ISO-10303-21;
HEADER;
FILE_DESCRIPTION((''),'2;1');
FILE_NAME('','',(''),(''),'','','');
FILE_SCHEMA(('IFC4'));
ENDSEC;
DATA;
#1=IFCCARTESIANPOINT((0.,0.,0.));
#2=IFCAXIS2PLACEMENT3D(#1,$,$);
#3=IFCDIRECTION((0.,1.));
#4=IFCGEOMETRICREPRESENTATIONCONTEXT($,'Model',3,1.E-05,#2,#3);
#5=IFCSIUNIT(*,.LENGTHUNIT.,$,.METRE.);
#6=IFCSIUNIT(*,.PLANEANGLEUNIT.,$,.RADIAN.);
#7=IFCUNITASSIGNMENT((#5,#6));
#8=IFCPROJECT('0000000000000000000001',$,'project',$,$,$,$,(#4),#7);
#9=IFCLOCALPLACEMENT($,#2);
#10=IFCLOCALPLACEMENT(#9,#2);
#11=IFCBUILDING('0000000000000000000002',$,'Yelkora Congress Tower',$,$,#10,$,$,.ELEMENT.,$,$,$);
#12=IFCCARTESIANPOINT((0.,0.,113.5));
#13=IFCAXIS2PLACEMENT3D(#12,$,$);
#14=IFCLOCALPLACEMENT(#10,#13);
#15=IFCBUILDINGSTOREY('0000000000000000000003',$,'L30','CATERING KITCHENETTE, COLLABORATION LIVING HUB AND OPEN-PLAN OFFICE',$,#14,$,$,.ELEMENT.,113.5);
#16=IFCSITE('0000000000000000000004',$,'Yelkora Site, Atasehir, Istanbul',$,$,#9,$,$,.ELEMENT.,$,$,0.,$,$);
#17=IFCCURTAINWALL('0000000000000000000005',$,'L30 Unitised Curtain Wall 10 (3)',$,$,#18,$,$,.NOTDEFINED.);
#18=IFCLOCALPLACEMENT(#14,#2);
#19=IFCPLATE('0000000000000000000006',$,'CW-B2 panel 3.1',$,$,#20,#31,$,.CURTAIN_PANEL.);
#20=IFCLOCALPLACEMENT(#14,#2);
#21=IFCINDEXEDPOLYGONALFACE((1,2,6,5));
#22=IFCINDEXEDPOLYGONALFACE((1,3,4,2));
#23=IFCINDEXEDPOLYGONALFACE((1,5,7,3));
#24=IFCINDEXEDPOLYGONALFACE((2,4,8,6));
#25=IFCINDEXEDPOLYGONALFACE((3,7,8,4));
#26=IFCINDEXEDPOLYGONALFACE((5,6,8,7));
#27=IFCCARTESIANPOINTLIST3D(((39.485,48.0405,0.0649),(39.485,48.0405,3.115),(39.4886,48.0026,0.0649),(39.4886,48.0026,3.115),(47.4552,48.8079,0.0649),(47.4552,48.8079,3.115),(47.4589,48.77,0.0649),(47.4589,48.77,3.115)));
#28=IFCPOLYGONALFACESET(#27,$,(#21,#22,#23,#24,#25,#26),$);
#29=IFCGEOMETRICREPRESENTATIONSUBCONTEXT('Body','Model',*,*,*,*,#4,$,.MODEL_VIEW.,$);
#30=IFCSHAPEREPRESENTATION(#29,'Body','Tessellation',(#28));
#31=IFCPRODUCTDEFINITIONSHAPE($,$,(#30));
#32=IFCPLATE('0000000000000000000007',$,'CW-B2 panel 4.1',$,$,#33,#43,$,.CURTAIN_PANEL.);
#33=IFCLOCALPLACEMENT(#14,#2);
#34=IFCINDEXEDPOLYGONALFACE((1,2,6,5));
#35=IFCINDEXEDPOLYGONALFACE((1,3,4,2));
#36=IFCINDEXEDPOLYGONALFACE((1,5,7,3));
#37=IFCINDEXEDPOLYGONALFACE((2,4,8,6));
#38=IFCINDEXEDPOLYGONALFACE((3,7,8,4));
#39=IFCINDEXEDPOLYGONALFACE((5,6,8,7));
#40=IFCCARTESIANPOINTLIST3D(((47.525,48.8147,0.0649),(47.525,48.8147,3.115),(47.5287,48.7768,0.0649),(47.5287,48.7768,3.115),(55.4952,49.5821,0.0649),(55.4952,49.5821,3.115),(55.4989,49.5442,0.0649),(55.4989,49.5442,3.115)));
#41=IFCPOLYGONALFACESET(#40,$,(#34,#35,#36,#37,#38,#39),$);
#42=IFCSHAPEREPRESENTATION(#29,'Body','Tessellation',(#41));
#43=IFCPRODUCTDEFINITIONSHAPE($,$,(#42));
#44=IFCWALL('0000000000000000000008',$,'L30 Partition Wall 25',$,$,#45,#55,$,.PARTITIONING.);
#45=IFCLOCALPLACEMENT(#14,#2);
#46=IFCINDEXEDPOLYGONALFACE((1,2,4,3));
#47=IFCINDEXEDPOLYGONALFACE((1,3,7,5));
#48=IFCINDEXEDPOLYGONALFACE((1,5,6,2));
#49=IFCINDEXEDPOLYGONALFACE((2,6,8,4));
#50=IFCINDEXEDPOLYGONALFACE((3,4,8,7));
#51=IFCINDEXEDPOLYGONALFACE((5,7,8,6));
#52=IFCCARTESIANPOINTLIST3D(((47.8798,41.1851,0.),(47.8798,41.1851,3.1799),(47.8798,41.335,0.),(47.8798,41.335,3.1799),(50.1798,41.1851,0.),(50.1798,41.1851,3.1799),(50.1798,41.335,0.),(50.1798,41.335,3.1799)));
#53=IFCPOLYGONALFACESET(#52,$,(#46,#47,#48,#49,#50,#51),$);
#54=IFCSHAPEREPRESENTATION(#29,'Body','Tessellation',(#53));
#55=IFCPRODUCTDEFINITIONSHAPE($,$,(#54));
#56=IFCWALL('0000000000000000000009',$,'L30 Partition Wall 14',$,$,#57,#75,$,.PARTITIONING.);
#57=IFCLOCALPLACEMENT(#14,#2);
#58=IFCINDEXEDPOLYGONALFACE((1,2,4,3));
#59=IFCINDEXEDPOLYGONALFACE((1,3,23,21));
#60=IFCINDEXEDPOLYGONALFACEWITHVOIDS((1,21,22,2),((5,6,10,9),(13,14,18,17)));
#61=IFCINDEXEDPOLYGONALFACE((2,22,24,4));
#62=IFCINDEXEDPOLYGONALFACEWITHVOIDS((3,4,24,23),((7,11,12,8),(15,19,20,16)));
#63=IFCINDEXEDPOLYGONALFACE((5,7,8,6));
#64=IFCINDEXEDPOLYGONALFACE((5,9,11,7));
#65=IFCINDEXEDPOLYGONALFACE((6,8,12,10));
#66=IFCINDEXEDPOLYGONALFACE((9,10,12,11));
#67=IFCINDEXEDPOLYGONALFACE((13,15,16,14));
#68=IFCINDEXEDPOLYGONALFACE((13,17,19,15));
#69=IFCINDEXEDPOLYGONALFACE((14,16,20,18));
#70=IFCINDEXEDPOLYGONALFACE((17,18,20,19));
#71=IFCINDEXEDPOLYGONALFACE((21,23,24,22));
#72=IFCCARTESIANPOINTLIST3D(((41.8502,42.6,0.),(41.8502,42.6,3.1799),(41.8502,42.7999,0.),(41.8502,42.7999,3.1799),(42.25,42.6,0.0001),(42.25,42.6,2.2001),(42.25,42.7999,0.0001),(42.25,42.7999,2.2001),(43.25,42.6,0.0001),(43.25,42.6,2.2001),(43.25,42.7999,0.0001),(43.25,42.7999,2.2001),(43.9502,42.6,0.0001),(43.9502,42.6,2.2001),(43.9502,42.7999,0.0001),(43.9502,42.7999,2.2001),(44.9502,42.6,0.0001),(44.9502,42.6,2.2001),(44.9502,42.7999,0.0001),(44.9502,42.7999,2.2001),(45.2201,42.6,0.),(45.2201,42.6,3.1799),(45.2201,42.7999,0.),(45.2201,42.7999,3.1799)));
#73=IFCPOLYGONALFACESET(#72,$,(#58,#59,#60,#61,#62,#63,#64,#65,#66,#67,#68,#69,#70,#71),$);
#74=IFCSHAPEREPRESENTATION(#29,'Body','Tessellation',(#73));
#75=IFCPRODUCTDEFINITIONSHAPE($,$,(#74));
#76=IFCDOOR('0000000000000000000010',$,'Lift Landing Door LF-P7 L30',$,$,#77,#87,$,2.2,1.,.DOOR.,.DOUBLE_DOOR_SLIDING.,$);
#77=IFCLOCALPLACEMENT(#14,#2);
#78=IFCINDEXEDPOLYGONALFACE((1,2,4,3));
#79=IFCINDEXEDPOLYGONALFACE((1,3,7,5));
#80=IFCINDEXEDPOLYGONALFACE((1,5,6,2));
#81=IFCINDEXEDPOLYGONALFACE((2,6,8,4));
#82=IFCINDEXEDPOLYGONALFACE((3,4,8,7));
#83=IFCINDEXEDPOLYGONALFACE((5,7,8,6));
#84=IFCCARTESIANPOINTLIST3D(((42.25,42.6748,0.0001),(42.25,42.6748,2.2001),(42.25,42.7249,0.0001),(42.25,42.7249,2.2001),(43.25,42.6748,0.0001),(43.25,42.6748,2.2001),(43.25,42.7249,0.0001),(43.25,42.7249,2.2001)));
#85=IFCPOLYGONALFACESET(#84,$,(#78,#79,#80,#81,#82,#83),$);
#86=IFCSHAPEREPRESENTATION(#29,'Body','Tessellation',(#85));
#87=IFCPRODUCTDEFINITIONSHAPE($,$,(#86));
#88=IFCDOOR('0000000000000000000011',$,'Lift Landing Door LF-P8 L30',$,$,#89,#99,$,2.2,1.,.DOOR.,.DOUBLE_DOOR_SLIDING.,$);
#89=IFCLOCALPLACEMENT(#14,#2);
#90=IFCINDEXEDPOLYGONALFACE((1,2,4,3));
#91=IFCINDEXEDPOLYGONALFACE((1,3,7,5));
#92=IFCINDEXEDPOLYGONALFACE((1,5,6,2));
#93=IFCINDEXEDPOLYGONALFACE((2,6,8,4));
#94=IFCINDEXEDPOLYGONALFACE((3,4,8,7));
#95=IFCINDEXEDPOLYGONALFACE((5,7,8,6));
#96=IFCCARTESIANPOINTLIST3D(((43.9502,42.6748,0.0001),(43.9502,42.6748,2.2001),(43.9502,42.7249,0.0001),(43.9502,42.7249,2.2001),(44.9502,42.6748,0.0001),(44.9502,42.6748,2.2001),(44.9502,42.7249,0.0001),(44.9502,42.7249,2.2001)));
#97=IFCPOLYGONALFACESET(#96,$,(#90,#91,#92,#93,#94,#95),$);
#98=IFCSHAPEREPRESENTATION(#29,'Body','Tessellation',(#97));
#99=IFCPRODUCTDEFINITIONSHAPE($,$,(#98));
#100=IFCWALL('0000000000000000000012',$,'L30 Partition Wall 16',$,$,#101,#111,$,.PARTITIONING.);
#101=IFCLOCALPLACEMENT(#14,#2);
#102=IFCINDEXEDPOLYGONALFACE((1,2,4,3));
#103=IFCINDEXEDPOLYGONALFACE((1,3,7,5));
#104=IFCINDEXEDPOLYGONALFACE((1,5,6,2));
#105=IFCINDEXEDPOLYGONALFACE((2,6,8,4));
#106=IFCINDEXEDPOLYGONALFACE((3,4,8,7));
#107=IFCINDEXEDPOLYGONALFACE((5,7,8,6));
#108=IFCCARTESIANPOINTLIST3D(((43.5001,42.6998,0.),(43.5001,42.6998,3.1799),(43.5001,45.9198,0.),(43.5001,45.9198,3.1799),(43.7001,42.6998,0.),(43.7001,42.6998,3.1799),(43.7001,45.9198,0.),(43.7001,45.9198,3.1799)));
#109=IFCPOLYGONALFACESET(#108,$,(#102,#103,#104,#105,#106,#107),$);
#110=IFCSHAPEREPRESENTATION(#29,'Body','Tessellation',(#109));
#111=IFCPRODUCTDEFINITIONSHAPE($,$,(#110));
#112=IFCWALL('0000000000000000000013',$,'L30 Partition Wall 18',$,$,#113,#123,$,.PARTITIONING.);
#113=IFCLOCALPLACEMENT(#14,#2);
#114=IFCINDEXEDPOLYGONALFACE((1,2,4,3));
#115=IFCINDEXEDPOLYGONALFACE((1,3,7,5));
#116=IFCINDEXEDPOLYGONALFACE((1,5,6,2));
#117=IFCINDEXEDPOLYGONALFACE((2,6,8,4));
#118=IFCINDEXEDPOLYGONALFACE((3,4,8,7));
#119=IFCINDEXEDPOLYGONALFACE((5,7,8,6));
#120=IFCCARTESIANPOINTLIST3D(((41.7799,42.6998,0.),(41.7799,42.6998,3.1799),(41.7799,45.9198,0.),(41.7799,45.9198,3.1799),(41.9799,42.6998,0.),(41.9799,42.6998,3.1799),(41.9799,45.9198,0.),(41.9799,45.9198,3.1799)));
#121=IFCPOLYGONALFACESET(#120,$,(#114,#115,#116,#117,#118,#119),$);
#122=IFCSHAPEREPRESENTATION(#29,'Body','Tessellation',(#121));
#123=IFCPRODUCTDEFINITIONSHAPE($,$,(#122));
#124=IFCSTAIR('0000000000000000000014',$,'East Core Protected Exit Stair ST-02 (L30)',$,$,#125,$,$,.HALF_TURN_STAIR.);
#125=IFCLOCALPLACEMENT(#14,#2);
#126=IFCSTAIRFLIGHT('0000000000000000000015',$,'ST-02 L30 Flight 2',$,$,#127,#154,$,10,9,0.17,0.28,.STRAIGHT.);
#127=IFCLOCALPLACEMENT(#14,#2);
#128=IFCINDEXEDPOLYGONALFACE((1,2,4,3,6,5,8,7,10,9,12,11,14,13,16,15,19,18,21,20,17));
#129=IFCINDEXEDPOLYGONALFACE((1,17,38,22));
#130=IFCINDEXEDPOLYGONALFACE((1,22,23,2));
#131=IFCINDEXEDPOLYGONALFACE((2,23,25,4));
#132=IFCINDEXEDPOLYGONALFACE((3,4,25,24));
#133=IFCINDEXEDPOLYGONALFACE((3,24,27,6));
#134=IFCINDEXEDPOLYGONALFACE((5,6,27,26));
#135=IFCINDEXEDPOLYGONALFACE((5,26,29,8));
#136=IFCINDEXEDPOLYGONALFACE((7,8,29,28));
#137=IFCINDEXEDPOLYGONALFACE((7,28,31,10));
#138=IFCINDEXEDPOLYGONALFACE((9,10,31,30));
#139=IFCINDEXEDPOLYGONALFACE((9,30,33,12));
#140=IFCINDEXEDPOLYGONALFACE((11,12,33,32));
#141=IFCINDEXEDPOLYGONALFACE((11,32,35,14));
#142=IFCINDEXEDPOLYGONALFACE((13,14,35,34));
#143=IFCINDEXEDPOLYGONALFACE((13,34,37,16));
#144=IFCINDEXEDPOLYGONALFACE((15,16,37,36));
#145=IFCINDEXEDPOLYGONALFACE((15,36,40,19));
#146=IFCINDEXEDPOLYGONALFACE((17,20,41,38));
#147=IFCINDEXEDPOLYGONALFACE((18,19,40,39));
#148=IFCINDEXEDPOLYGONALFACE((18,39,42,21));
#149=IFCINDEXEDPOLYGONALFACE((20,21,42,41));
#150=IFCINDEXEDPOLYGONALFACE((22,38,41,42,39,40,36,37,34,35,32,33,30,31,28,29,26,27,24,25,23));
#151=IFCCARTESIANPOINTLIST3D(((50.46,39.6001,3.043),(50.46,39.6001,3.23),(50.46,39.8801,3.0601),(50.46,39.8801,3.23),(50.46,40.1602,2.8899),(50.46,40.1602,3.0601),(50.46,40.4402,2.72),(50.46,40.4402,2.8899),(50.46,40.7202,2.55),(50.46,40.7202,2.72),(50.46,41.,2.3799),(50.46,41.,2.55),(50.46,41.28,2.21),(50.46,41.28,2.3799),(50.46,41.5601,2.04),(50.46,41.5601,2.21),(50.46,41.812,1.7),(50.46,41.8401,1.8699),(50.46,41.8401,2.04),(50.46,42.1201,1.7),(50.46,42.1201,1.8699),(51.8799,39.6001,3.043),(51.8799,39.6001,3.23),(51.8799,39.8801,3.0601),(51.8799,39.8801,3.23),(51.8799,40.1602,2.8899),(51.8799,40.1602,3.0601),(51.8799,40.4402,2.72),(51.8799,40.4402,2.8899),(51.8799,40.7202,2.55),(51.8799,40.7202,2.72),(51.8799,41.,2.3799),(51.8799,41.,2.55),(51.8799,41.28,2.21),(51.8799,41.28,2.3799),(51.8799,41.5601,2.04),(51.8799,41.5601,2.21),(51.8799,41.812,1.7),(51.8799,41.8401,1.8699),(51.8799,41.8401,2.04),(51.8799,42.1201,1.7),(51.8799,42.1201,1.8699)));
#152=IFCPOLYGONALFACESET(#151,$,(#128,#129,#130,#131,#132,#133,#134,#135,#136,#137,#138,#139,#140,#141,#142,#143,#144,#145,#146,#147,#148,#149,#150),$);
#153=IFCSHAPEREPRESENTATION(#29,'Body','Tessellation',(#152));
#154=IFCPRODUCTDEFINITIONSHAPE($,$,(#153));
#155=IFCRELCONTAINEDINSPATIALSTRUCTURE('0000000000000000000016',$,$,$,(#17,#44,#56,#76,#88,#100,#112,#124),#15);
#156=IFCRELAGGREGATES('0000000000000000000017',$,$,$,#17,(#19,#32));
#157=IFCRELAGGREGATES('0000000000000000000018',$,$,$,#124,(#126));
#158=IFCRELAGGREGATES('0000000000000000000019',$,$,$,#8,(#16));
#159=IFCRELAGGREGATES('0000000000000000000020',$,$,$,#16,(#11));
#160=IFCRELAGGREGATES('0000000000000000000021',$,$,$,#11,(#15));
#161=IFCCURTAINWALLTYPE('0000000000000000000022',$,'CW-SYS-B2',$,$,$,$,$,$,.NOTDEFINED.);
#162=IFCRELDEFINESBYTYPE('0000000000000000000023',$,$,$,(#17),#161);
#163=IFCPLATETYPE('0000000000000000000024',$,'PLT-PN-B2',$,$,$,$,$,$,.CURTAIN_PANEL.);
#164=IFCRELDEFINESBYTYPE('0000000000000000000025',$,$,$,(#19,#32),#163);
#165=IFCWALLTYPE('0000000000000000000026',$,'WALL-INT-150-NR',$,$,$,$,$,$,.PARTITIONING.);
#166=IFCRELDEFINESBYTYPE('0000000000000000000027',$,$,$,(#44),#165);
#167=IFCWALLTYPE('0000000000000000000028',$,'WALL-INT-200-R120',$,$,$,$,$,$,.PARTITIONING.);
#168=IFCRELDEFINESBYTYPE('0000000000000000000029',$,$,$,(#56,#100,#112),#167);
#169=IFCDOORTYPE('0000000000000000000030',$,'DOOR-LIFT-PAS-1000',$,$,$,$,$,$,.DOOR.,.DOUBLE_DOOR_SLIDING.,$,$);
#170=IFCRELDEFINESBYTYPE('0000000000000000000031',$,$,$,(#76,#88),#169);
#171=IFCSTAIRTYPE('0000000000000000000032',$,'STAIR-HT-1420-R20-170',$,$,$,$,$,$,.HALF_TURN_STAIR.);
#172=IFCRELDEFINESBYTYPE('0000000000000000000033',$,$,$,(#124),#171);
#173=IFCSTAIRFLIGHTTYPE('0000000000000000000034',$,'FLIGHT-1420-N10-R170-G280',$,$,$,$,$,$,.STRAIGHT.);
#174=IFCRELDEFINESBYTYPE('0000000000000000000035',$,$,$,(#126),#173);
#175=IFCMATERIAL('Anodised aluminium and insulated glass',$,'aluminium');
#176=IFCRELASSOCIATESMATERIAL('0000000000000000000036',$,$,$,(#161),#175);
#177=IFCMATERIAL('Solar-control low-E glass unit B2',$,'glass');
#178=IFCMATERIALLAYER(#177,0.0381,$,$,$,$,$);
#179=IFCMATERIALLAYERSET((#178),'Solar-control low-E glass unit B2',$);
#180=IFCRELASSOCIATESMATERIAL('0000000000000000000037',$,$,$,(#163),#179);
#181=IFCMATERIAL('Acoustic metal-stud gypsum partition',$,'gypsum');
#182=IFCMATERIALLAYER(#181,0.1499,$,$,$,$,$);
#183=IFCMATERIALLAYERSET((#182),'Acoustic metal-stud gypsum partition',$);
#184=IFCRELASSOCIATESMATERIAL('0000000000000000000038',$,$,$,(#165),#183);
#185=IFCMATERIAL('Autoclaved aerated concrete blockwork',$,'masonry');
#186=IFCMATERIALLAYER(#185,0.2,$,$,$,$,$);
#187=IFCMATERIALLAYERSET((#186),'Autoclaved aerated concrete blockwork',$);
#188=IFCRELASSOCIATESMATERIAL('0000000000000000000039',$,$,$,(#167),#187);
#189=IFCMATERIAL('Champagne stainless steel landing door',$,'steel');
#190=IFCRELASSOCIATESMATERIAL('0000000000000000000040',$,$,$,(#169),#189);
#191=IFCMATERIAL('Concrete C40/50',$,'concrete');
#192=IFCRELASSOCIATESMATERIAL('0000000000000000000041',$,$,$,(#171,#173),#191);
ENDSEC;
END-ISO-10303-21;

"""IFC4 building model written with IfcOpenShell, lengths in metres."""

from ifc_helpers import new_model, si_unit, direction, frame, frame_2d, origin, origin_2d, place, context, subcontext, project, spatial, polyline, rectangle, outline, extrude, material, layer, layer_set, type_object, element, fill, aggregate, save


model = new_model("IFC4")

# Units and contexts
model_context = context("Model", 3, precision=1e-05, world=origin(), true_north=direction((0.0, 1.0)))
body_context = subcontext(model_context, "Body", "Model", "MODEL_VIEW")
ifc_project = project(units=[si_unit("LENGTHUNIT", "METRE"), si_unit("PLANEANGLEUNIT", "RADIAN")], contexts=[model_context])

# Site, building, storey
site_placement = place(None, origin())
site = spatial("IfcSite", under=ifc_project, at=site_placement, Name="Yelkora Site, Atasehir, Istanbul", CompositionType="ELEMENT", RefElevation=0.0)
building_placement = place(site_placement, origin())
building = spatial("IfcBuilding", under=site, at=building_placement, Name="Yelkora Congress Tower", CompositionType="ELEMENT")
storey_placement = place(building_placement, frame((0.0, 0.0, 113.5)))
storey = spatial("IfcBuildingStorey", under=building, at=storey_placement, Name="L30", Description="CATERING KITCHENETTE, COLLABORATION LIVING HUB AND OPEN-PLAN OFFICE", CompositionType="ELEMENT", Elevation=113.5)

# Curtain wall, plates
ifc_material_1 = material(Name="Anodised aluminium and insulated glass", Category="aluminium")
curtain_wall_type = type_object("IfcCurtainWallType", Name="CW-SYS-B2", PredefinedType="NOTDEFINED", material=ifc_material_1)
curtain_wall_placement = place(storey_placement, origin())
curtain_wall = element("IfcCurtainWall", 1, at=curtain_wall_placement, inside=storey, type_object=curtain_wall_type, Name="L30 Unitised Curtain Wall 10 (3)", PredefinedType="NOTDEFINED")
ifc_material_2 = material(Name="Solar-control low-E glass unit B2", Category="glass")
ifc_layer_1 = layer(ifc_material_2, 0.0381)
ifc_layer_set_1 = layer_set([ifc_layer_1], Name="Solar-control low-E glass unit B2")
plate_type = type_object("IfcPlateType", Name="PLT-PN-B2", PredefinedType="CURTAIN_PANEL", material=ifc_layer_set_1)
plate_1_placement = place(storey_placement, frame((43.4719, 48.4053, 0.0649), z_axis=(0.0, 0.0, 1.0), x_axis=(0.995396, 0.095844, 0.0)))
plate_1 = element("IfcPlate", 2, at=plate_1_placement, type_object=plate_type, Name="CW-B2 panel 3.1", PredefinedType="CURTAIN_PANEL", context=body_context, shape_type="SweptSolid", body=[
    extrude(rectangle(XDim=8.0071, YDim=0.0381, at=origin_2d()), origin(), (0.0, 0.0, 1.0), 3.05),
])
plate_2_placement = place(storey_placement, frame((51.512, 49.1794, 0.0649), z_axis=(0.0, 0.0, 1.0), x_axis=(0.995396, 0.095844, 0.0)))
plate_2 = element("IfcPlate", 3, at=plate_2_placement, type_object=plate_type, Name="CW-B2 panel 4.1", PredefinedType="CURTAIN_PANEL", context=body_context, shape_type="SweptSolid", body=[
    extrude(rectangle(XDim=8.0071, YDim=0.0381, at=origin_2d()), origin(), (0.0, 0.0, 1.0), 3.05),
])
aggregate(curtain_wall, [plate_1, plate_2])

# Shared definitions
ifc_material_3 = material(Name="Acoustic metal-stud gypsum partition", Category="gypsum")
ifc_layer_2 = layer(ifc_material_3, 0.1499)
ifc_layer_set_2 = layer_set([ifc_layer_2], Name="Acoustic metal-stud gypsum partition")
wall_type_1 = type_object("IfcWallType", Name="WALL-INT-150-NR", PredefinedType="PARTITIONING", material=ifc_layer_set_2)

# Wall
wall_1_placement = place(storey_placement, frame((47.8799, 41.26, 0.0), z_axis=(0.0, 0.0, 1.0), x_axis=(1.0, 0.0, 0.0)))
element("IfcWall", 4, at=wall_1_placement, inside=storey, type_object=wall_type_1, Name="L30 Partition Wall 25", PredefinedType="PARTITIONING", context=body_context, shape_type="SweptSolid", body=[
    extrude(rectangle(XDim=2.3, YDim=0.1499, at=frame_2d((1.1499, 0.0))), origin(), (0.0, 0.0, 1.0), 3.1799),
])

# Wall, openings, doors
ifc_material_4 = material(Name="Autoclaved aerated concrete blockwork", Category="masonry")
ifc_layer_3 = layer(ifc_material_4, 0.2)
ifc_layer_set_3 = layer_set([ifc_layer_3], Name="Autoclaved aerated concrete blockwork")
wall_type_2 = type_object("IfcWallType", Name="WALL-INT-200-R120", PredefinedType="PARTITIONING", material=ifc_layer_set_3)
wall_2_placement = place(storey_placement, frame((41.8501, 42.7, 0.0), z_axis=(0.0, 0.0, 1.0), x_axis=(1.0, 0.0, 0.0)))
wall_2 = element("IfcWall", 5, at=wall_2_placement, inside=storey, type_object=wall_type_2, Name="L30 Partition Wall 14", PredefinedType="PARTITIONING", context=body_context, shape_type="SweptSolid", body=[
    extrude(rectangle(XDim=3.3699, YDim=0.2, at=frame_2d((1.6851, 0.0))), origin(), (0.0, 0.0, 1.0), 3.1799),
])
opening_1_placement = place(wall_2_placement, frame((0.3999, 0.0, 0.0)))
opening_1 = element("IfcOpeningElement", 6, at=opening_1_placement, cuts=wall_2, PredefinedType="OPENING", context=body_context, shape_type="SweptSolid", body=[
    extrude(rectangle(XDim=1.0, YDim=2.2, at=frame_2d((0.5, 1.1001))), frame((0.0, 0.1099, 0.0), z_axis=(0.0, -1.0, 0.0), x_axis=(1.0, 0.0, 0.0)), (0.0, 0.0, 1.0), 0.22),
])
opening_2_placement = place(wall_2_placement, frame((2.1001, 0.0, 0.0)))
opening_2 = element("IfcOpeningElement", 7, at=opening_2_placement, cuts=wall_2, PredefinedType="OPENING", context=body_context, shape_type="SweptSolid", body=[
    extrude(rectangle(XDim=1.0, YDim=2.2, at=frame_2d((0.5, 1.1001))), frame((0.0, 0.1099, 0.0), z_axis=(0.0, -1.0, 0.0), x_axis=(1.0, 0.0, 0.0)), (0.0, 0.0, 1.0), 0.22),
])
ifc_material_5 = material(Name="Champagne stainless steel landing door", Category="steel")
door_type_1 = type_object("IfcDoorType", Name="DOOR-LIFT-PAS-1000", OperationType="DOUBLE_DOOR_SLIDING", PredefinedType="DOOR", material=ifc_material_5)
door_1_placement = place(opening_1_placement, origin())
door_1 = element("IfcDoor", 8, at=door_1_placement, inside=storey, type_object=door_type_1, Name="Lift Landing Door LF-P7 L30", OperationType="DOUBLE_DOOR_SLIDING", OverallHeight=2.2, OverallWidth=1.0, PredefinedType="DOOR", context=body_context, shape_type="SweptSolid", body=[
    extrude(rectangle(XDim=1.0, YDim=2.2, at=frame_2d((0.5, 1.1001))), frame((0.0, 0.0249, 0.0), z_axis=(0.0, -1.0, 0.0), x_axis=(1.0, 0.0, 0.0)), (0.0, 0.0, 1.0), 0.05),
])
fill(opening_1, door_1)
door_2_placement = place(opening_2_placement, origin())
door_2 = element("IfcDoor", 9, at=door_2_placement, inside=storey, type_object=door_type_1, Name="Lift Landing Door LF-P8 L30", OperationType="DOUBLE_DOOR_SLIDING", OverallHeight=2.2, OverallWidth=1.0, PredefinedType="DOOR", context=body_context, shape_type="SweptSolid", body=[
    extrude(rectangle(XDim=1.0, YDim=2.2, at=frame_2d((0.5, 1.1001))), frame((0.0, 0.0249, 0.0), z_axis=(0.0, -1.0, 0.0), x_axis=(1.0, 0.0, 0.0)), (0.0, 0.0, 1.0), 0.05),
])
fill(opening_2, door_2)

# Walls
for number, where, z_axis, x_axis, name in (
    (10, (43.6001, 42.7, 0.0), (0.0, 0.0, 1.0), (0.0, 1.0, 0.0), "L30 Partition Wall 16"),
    (11, (41.8799, 42.7, 0.0), (0.0, 0.0, 1.0), (0.0, 1.0, 0.0), "L30 Partition Wall 18"),
):
    element("IfcWall", number, at=place(storey_placement, frame(where, z_axis=z_axis, x_axis=x_axis)), inside=storey, type_object=wall_type_2, Name=name, PredefinedType="PARTITIONING", context=body_context, shape_type="SweptSolid", body=[
        extrude(rectangle(XDim=3.22, YDim=0.2, at=frame_2d((1.6099, 0.0))), origin(), (0.0, 0.0, 1.0), 3.1799),
    ])

# Stair, stair flight
ifc_material_6 = material(Name="Concrete C40/50", Category="concrete")
stair_type = type_object("IfcStairType", Name="STAIR-HT-1420-R20-170", PredefinedType="HALF_TURN_STAIR", material=ifc_material_6)
stair_placement = place(storey_placement, origin())
stair = element("IfcStair", 12, at=stair_placement, inside=storey, type_object=stair_type, Name="East Core Protected Exit Stair ST-02 (L30)", PredefinedType="HALF_TURN_STAIR")
stair_flight_type = type_object("IfcStairFlightType", Name="FLIGHT-1420-N10-R170-G280", PredefinedType="STRAIGHT", material=ifc_material_6)
stair_flight_placement = place(storey_placement, frame((51.1699, 42.1201, 1.7), z_axis=(0.0, 0.0, 1.0), x_axis=(0.0, -1.0, 0.0)))
stair_flight = element("IfcStairFlight", 13, at=stair_flight_placement, type_object=stair_flight_type, Name="ST-02 L30 Flight 2", NumberOfRisers=10, NumberOfTreads=9, PredefinedType="STRAIGHT", RiserHeight=0.17, TreadLength=0.28, context=body_context, shape_type="SweptSolid", body=[
    extrude(outline(polyline([(0.0, 0.0), (0.0, 0.1699), (0.28, 0.1699), (0.28, 0.3401), (0.5601, 0.3401), (0.5601, 0.51), (0.8401, 0.51), (0.8401, 0.6799), (1.1201, 0.6799), (1.1201, 0.8501), (1.3999, 0.8501), (1.3999, 1.02), (1.6799, 1.02), (1.6799, 1.1899), (1.96, 1.1899), (1.96, 1.3601), (2.24, 1.3601), (2.24, 1.53), (2.52, 1.53), (2.52, 1.7), (2.52, 1.343), (0.3081, 0.0), (0.0, 0.0)])), frame((0.0, 0.71, 0.0), z_axis=(0.0, -1.0, 0.0), x_axis=(1.0, 0.0, 0.0)), (0.0, 0.0, 1.0), 1.4199),
])
aggregate(stair, [stair_flight])

save(model, "model.ifc")
